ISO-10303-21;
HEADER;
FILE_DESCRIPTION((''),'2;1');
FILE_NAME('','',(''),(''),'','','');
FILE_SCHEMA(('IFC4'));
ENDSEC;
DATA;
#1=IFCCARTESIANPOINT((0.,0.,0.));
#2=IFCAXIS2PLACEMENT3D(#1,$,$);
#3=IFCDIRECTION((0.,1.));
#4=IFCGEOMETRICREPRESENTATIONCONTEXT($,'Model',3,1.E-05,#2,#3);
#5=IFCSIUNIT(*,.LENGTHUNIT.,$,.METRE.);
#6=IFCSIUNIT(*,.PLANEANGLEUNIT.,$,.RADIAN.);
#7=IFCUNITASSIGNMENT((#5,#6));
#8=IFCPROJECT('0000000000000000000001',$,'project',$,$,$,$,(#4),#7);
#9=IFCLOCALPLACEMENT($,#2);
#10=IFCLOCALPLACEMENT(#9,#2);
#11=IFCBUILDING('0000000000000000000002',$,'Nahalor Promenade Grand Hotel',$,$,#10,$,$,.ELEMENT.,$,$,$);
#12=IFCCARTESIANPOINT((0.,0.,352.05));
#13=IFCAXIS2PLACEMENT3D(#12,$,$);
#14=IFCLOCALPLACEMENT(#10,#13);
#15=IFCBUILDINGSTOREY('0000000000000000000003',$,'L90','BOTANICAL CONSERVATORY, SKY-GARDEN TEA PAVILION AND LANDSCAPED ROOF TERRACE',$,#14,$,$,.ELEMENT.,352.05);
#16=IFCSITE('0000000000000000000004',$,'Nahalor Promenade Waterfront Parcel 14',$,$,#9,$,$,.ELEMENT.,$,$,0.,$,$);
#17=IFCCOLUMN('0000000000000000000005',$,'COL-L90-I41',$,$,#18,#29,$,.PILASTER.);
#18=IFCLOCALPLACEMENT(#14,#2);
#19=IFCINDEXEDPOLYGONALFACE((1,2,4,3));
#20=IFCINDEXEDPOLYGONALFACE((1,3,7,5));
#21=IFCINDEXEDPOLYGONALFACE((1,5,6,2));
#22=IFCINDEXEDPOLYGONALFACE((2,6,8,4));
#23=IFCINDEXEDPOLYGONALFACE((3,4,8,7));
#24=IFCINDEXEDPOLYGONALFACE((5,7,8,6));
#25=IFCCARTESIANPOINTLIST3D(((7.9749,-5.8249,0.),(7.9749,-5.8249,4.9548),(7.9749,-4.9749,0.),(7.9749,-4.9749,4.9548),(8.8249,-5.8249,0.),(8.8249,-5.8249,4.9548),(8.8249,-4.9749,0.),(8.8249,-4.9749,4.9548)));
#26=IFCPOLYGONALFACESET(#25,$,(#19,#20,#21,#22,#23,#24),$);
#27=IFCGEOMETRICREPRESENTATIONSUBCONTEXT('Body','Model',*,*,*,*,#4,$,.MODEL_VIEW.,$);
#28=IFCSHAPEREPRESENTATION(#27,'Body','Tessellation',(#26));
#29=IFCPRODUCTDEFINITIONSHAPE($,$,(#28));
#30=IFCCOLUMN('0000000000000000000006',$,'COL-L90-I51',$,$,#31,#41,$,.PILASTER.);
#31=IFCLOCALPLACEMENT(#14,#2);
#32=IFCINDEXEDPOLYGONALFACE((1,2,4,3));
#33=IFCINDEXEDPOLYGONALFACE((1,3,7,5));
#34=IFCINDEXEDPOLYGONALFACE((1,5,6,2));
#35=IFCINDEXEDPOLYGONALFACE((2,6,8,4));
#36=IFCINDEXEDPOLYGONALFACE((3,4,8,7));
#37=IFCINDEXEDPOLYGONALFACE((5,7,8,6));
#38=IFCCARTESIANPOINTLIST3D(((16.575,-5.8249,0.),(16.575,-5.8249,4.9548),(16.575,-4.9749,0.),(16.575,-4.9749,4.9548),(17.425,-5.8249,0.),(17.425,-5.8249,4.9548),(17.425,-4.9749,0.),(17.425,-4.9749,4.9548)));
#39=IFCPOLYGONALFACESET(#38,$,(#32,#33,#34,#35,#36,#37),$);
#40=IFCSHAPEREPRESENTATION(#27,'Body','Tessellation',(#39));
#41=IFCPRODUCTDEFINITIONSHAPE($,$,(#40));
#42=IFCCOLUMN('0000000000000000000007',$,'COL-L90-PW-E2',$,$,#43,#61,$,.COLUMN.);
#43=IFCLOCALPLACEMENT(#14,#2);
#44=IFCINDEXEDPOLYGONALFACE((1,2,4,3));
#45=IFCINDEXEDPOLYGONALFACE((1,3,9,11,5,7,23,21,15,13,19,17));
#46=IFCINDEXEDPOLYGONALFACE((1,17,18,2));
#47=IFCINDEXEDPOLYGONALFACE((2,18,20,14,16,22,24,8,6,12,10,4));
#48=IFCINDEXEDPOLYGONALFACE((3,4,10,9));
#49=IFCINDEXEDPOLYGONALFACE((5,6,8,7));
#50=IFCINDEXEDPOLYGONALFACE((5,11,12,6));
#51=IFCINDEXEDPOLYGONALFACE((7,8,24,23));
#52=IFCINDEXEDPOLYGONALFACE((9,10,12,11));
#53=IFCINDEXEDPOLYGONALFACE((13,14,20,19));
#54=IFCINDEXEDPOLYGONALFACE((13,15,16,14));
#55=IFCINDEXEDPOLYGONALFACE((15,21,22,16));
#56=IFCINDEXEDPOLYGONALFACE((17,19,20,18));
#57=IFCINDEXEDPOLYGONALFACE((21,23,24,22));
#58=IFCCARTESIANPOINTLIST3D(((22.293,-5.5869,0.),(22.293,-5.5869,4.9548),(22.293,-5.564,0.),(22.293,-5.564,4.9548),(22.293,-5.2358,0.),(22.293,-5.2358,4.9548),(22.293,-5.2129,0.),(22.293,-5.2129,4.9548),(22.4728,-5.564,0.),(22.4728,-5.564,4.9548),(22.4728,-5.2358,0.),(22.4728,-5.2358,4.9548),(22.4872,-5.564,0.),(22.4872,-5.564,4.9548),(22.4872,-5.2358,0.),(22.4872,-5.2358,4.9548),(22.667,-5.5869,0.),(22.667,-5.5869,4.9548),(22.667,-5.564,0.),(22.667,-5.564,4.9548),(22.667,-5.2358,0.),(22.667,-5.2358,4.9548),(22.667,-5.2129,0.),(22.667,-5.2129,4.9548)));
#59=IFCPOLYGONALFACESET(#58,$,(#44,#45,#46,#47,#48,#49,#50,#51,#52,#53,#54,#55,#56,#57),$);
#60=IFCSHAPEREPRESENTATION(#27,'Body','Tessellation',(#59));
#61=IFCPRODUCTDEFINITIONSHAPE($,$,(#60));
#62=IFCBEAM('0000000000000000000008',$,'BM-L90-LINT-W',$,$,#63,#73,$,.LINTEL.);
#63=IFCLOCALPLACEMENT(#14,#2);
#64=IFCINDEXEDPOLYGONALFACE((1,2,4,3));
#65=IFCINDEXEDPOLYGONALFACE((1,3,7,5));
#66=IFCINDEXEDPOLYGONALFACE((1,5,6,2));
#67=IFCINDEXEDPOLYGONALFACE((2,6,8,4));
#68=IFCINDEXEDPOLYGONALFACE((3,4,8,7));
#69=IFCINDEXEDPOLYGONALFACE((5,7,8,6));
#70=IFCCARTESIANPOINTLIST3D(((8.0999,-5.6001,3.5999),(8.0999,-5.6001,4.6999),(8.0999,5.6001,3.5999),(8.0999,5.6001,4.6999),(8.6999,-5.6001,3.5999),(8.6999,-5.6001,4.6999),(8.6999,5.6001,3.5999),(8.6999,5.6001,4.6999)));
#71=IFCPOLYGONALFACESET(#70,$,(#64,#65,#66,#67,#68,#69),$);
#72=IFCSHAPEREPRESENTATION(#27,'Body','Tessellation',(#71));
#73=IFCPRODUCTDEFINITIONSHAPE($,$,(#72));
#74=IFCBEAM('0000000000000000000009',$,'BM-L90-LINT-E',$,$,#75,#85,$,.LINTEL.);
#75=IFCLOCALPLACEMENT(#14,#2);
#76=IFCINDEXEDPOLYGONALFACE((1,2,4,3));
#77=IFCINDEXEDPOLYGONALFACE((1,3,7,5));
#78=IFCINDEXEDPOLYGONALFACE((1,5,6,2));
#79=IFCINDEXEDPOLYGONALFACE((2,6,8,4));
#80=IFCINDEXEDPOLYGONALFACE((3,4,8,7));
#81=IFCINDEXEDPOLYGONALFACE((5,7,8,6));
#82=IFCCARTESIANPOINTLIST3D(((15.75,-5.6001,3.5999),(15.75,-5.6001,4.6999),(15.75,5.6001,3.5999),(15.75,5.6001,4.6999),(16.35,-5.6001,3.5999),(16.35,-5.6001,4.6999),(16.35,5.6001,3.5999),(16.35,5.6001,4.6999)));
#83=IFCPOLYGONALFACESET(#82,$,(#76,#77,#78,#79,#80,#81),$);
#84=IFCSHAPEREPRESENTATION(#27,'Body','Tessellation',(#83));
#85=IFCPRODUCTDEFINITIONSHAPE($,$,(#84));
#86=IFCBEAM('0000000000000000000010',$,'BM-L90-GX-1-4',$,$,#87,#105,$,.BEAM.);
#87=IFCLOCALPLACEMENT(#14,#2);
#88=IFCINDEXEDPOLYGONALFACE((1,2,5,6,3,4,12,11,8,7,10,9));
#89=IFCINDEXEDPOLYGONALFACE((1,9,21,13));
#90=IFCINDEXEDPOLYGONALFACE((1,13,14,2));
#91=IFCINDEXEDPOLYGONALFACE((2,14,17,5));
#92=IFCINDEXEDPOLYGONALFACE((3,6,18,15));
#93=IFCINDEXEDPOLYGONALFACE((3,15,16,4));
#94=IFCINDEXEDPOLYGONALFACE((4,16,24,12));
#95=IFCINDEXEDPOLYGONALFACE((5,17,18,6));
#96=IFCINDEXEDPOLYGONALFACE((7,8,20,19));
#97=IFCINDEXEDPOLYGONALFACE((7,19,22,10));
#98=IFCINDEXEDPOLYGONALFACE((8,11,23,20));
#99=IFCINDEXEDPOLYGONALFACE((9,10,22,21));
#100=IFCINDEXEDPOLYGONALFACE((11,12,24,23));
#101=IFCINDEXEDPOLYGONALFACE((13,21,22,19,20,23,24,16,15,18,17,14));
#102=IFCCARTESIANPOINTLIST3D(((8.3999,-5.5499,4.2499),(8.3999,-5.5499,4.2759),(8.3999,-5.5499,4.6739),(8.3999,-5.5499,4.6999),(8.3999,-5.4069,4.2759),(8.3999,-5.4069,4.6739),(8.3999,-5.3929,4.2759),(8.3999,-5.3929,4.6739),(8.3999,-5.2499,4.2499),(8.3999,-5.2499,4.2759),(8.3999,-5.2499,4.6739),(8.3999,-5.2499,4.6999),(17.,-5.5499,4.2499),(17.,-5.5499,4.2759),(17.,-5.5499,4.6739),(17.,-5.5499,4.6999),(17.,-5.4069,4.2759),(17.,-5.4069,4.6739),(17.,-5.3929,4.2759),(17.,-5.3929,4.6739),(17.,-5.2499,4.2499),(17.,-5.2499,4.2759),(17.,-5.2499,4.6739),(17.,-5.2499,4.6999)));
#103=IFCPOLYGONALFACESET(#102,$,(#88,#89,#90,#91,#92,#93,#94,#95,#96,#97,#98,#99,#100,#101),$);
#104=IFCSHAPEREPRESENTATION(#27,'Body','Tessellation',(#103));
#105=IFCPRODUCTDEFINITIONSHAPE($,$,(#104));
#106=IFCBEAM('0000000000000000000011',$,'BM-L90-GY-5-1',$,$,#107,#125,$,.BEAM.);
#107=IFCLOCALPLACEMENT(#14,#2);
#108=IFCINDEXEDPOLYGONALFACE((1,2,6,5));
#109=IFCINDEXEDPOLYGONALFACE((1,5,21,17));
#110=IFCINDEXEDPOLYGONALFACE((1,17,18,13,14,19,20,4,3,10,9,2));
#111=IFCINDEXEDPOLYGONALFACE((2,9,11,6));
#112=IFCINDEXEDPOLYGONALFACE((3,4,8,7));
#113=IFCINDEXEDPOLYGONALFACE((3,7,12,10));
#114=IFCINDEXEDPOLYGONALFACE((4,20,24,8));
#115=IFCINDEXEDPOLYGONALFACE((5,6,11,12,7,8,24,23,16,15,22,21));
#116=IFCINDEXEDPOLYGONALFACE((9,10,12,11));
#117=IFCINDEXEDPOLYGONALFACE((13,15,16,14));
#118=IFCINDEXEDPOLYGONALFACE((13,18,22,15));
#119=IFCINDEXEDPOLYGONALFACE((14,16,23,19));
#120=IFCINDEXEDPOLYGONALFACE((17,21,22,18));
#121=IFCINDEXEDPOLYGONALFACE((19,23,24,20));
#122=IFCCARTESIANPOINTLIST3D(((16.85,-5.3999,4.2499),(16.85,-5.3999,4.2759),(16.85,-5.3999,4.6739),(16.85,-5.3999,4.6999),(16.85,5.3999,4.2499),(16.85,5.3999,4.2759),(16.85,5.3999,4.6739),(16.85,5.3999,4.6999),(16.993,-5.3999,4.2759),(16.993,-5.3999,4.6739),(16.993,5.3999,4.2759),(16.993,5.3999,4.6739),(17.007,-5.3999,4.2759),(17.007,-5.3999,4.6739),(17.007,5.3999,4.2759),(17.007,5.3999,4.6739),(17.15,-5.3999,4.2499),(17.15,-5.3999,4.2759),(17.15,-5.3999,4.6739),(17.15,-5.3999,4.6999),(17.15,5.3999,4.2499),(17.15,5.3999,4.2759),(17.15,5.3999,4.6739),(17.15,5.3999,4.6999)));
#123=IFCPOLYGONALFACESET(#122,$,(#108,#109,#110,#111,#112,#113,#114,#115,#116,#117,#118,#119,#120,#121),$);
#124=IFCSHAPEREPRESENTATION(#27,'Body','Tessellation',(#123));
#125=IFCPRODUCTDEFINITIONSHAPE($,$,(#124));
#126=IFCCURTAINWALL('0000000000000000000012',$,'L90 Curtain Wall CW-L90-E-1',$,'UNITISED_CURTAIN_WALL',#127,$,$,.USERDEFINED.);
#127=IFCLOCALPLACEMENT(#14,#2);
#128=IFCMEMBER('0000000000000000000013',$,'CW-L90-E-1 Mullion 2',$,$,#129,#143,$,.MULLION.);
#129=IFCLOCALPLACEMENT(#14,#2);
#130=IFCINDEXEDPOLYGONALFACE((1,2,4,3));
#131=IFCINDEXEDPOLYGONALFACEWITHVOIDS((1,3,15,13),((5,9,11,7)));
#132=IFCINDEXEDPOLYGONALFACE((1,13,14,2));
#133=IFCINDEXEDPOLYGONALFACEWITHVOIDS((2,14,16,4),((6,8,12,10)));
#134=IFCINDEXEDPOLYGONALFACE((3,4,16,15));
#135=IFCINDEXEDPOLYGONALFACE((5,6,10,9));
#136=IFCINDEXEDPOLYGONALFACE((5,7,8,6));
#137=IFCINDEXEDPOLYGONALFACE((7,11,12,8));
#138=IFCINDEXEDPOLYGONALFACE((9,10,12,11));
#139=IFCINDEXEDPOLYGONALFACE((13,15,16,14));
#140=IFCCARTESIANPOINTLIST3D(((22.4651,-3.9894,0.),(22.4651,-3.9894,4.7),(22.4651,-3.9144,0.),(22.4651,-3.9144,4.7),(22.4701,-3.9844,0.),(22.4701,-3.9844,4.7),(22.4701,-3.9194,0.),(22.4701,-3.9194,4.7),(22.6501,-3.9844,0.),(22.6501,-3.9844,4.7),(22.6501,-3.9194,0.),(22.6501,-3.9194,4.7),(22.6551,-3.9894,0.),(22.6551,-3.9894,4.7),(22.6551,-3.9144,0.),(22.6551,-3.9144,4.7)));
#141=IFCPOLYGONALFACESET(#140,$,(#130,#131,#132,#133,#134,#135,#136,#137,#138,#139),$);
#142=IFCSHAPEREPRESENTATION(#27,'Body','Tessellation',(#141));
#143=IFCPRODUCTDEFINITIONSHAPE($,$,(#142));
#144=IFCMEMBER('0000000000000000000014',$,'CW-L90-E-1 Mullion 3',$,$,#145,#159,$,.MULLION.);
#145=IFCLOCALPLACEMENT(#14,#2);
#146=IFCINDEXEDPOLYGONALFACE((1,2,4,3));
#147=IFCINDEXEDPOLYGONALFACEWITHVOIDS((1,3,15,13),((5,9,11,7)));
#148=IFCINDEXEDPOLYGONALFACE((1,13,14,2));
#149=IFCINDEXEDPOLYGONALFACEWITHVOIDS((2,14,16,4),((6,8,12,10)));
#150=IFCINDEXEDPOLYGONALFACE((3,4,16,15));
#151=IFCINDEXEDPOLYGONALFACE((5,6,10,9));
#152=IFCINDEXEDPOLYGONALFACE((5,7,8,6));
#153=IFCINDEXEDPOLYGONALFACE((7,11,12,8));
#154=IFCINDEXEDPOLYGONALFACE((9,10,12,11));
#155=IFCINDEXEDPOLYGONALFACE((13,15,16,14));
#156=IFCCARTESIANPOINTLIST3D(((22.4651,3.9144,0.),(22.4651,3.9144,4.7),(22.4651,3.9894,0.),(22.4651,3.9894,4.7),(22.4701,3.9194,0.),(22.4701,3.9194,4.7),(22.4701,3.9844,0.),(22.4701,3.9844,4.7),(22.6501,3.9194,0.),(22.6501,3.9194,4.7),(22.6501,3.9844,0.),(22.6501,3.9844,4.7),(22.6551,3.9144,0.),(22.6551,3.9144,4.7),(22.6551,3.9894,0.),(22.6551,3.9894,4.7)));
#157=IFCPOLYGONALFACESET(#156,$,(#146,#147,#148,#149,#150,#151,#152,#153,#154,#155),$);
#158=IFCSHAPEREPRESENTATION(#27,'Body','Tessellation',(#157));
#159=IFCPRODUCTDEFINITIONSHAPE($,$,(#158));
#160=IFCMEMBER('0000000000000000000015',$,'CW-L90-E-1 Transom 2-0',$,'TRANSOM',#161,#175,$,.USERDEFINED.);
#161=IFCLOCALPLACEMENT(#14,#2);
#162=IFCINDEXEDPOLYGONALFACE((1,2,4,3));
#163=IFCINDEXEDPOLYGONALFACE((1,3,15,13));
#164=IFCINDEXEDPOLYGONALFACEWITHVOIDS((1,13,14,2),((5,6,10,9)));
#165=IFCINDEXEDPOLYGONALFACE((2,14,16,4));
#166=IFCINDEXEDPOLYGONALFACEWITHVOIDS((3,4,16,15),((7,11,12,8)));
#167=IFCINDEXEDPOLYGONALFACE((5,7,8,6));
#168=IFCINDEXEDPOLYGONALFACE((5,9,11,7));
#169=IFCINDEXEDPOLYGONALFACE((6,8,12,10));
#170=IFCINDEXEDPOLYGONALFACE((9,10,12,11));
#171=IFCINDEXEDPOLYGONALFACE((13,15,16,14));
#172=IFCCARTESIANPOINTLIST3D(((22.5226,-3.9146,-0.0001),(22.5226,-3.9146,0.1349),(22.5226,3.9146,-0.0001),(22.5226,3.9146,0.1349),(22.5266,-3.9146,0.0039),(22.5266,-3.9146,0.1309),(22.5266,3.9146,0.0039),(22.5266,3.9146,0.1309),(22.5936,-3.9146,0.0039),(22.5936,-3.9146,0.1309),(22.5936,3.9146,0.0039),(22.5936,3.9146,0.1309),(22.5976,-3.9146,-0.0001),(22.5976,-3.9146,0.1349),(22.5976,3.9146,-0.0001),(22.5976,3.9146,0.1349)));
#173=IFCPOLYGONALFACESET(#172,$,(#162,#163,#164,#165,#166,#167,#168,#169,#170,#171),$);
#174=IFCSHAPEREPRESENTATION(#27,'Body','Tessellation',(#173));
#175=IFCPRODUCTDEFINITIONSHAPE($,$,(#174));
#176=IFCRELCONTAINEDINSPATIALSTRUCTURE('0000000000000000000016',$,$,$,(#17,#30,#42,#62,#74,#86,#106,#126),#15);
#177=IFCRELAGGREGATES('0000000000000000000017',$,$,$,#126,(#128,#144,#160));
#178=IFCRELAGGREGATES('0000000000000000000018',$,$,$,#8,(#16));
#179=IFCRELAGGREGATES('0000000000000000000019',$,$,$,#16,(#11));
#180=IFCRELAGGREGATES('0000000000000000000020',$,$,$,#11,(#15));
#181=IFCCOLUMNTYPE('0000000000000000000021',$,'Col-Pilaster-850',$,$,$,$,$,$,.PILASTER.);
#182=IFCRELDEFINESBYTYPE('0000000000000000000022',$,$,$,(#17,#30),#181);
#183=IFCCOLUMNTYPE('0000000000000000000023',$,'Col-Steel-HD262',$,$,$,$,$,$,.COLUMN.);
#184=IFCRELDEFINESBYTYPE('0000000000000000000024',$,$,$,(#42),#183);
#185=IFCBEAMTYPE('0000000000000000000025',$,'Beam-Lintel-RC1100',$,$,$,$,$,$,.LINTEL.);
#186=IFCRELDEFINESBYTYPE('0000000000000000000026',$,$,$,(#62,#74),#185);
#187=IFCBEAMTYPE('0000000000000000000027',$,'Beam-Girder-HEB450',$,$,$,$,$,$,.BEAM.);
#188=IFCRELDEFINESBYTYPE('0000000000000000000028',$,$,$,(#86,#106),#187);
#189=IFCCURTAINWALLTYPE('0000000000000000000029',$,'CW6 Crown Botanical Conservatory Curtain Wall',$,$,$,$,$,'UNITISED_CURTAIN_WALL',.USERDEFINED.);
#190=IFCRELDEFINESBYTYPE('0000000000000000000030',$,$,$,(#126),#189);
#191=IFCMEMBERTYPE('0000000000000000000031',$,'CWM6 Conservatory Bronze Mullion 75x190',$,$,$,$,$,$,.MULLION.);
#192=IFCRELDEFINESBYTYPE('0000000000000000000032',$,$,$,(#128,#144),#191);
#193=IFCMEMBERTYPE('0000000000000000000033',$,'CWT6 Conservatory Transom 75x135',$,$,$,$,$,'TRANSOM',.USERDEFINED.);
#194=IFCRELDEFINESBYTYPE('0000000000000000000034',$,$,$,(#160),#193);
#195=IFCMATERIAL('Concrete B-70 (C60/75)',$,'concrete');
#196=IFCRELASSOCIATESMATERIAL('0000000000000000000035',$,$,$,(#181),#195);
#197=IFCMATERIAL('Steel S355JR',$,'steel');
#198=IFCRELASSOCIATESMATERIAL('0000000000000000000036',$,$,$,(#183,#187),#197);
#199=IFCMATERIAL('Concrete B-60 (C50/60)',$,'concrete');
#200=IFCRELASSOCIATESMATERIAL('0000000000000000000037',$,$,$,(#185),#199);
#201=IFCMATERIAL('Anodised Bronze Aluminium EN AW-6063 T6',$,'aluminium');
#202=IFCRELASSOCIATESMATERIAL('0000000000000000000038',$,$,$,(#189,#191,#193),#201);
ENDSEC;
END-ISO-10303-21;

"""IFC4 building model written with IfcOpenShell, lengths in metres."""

from ifc_helpers import new_model, si_unit, direction, frame, origin, origin_2d, place, context, subcontext, project, spatial, rectangle, hollow_rectangle, i_section, extrude, source, transform, mapped, material, material_profile, profile_set, type_object, element, aggregate, save


model = new_model("IFC4")

# Units and contexts
model_context = context("Model", 3, precision=1e-05, world=origin(), true_north=direction((0.0, 1.0)))
body_context = subcontext(model_context, "Body", "Model", "MODEL_VIEW")
ifc_project = project(units=[si_unit("LENGTHUNIT", "METRE"), si_unit("PLANEANGLEUNIT", "RADIAN")], contexts=[model_context])

# Site, building, storey
site_placement = place(None, origin())
site = spatial("IfcSite", under=ifc_project, at=site_placement, Name="Nahalor Promenade Waterfront Parcel 14", CompositionType="ELEMENT", RefElevation=0.0)
building_placement = place(site_placement, origin())
building = spatial("IfcBuilding", under=site, at=building_placement, Name="Nahalor Promenade Grand Hotel", CompositionType="ELEMENT")
storey_placement = place(building_placement, frame((0.0, 0.0, 352.05)))
storey = spatial("IfcBuildingStorey", under=building, at=storey_placement, Name="L90", Description="BOTANICAL CONSERVATORY, SKY-GARDEN TEA PAVILION AND LANDSCAPED ROOF TERRACE", CompositionType="ELEMENT", Elevation=352.05)

# Columns
ifc_material_1 = material(Name="Concrete B-70 (C60/75)", Category="concrete")
ifc_material_profile_1 = material_profile(ifc_material_1, rectangle(XDim=0.85, YDim=0.85, at=origin_2d()), Name="RC 850x850")
ifc_profile_set_1 = profile_set([ifc_material_profile_1], Name="Concrete B-70 (C60/75)")
column_type_1 = type_object("IfcColumnType", Name="Col-Pilaster-850", PredefinedType="PILASTER", material=ifc_profile_set_1)
shared_shape_1 = source(origin(), body_context, "Body", "SweptSolid", [
    extrude(rectangle(XDim=0.85, YDim=0.85, at=origin_2d()), origin(), (0.0, 0.0, 1.0), 4.9548),
])
for number, where, z_axis, x_axis, name in (
    (1, (8.3999, -5.3999, 0.0), (0.0, 0.0, 1.0), (1.0, 0.0, 0.0), "COL-L90-I41"),
    (2, (17.0, -5.3999, 0.0), (0.0, 0.0, 1.0), (1.0, 0.0, 0.0), "COL-L90-I51"),
):
    element("IfcColumn", number, at=place(storey_placement, frame(where, z_axis=z_axis, x_axis=x_axis)), inside=storey, type_object=column_type_1, Name=name, PredefinedType="PILASTER", context=body_context, shape_type="MappedRepresentation", body=[
        mapped(shared_shape_1, transform((0.0, 0.0, 0.0), scale=1.0)),
    ])
ifc_material_2 = material(Name="Steel S355JR", Category="steel")
ifc_material_profile_2 = material_profile(ifc_material_2, i_section(OverallWidth=0.374, OverallDepth=0.374, WebThickness=0.0144, FlangeThickness=0.0229, at=origin_2d()), Name="HD 360x262")
ifc_profile_set_2 = profile_set([ifc_material_profile_2], Name="Steel S355JR")
column_type_2 = type_object("IfcColumnType", Name="Col-Steel-HD262", PredefinedType="COLUMN", material=ifc_profile_set_2)
shared_shape_2 = source(origin(), body_context, "Body", "SweptSolid", [
    extrude(i_section(OverallWidth=0.374, OverallDepth=0.374, WebThickness=0.0144, FlangeThickness=0.0229, at=origin_2d()), origin(), (0.0, 0.0, 1.0), 4.9548),
])
column_placement = place(storey_placement, frame((22.48, -5.3999, 0.0), z_axis=(0.0, 0.0, 1.0), x_axis=(1.0, 0.0, 0.0)))
element("IfcColumn", 3, at=column_placement, inside=storey, type_object=column_type_2, Name="COL-L90-PW-E2", PredefinedType="COLUMN", context=body_context, shape_type="MappedRepresentation", body=[
    mapped(shared_shape_2, transform((0.0, 0.0, 0.0), scale=1.0)),
])

# Beams
ifc_material_3 = material(Name="Concrete B-60 (C50/60)", Category="concrete")
ifc_material_profile_3 = material_profile(ifc_material_3, rectangle(XDim=0.6, YDim=1.1, at=origin_2d()), Name="RC 600x1100")
ifc_profile_set_3 = profile_set([ifc_material_profile_3], Name="Concrete B-60 (C50/60)")
beam_type_1 = type_object("IfcBeamType", Name="Beam-Lintel-RC1100", PredefinedType="LINTEL", material=ifc_profile_set_3)
shared_shape_3 = source(origin(), body_context, "Body", "SweptSolid", [
    extrude(rectangle(XDim=0.6, YDim=1.1, at=origin_2d()), origin(), (0.0, 0.0, 1.0), 11.2002),
])
for number, where, z_axis, x_axis, name in (
    (4, (8.3999, -5.6001, 4.1499), (0.0, 1.0, 0.0), (-1.0, 0.0, 0.0), "BM-L90-LINT-W"),
    (5, (16.05, -5.6001, 4.1499), (0.0, 1.0, 0.0), (-1.0, 0.0, 0.0), "BM-L90-LINT-E"),
):
    element("IfcBeam", number, at=place(storey_placement, frame(where, z_axis=z_axis, x_axis=x_axis)), inside=storey, type_object=beam_type_1, Name=name, PredefinedType="LINTEL", context=body_context, shape_type="MappedRepresentation", body=[
        mapped(shared_shape_3, transform((0.0, 0.0, 0.0), scale=1.0)),
    ])
ifc_material_profile_4 = material_profile(ifc_material_2, i_section(OverallWidth=0.3, OverallDepth=0.45, WebThickness=0.014, FlangeThickness=0.026, at=origin_2d()), Name="HEB 450")
ifc_profile_set_4 = profile_set([ifc_material_profile_4], Name="Steel S355JR")
beam_type_2 = type_object("IfcBeamType", Name="Beam-Girder-HEB450", PredefinedType="BEAM", material=ifc_profile_set_4)
shared_shape_4 = source(origin(), body_context, "Body", "SweptSolid", [
    extrude(i_section(OverallWidth=0.3, OverallDepth=0.45, WebThickness=0.014, FlangeThickness=0.026, at=origin_2d()), origin(), (0.0, 0.0, 1.0), 8.6001),
])
beam_1_placement = place(storey_placement, frame((8.3999, -5.3999, 4.4749), z_axis=(1.0, 0.0, 0.0), x_axis=(0.0, 1.0, 0.0)))
element("IfcBeam", 6, at=beam_1_placement, inside=storey, type_object=beam_type_2, Name="BM-L90-GX-1-4", PredefinedType="BEAM", context=body_context, shape_type="MappedRepresentation", body=[
    mapped(shared_shape_4, transform((0.0, 0.0, 0.0), scale=1.0)),
])
shared_shape_5 = source(origin(), body_context, "Body", "SweptSolid", [
    extrude(i_section(OverallWidth=0.3, OverallDepth=0.45, WebThickness=0.014, FlangeThickness=0.026, at=origin_2d()), origin(), (0.0, 0.0, 1.0), 10.7998),
])
beam_2_placement = place(storey_placement, frame((17.0, -5.3999, 4.4749), z_axis=(0.0, 1.0, 0.0), x_axis=(-1.0, 0.0, 0.0)))
element("IfcBeam", 7, at=beam_2_placement, inside=storey, type_object=beam_type_2, Name="BM-L90-GY-5-1", PredefinedType="BEAM", context=body_context, shape_type="MappedRepresentation", body=[
    mapped(shared_shape_5, transform((0.0, 0.0, 0.0), scale=1.0)),
])

# Curtain wall, members
ifc_material_4 = material(Name="Anodised Bronze Aluminium EN AW-6063 T6", Category="aluminium")
curtain_wall_type = type_object("IfcCurtainWallType", Name="CW6 Crown Botanical Conservatory Curtain Wall", ElementType="UNITISED_CURTAIN_WALL", PredefinedType="USERDEFINED", material=ifc_material_4)
curtain_wall_placement = place(storey_placement, origin())
curtain_wall = element("IfcCurtainWall", 8, at=curtain_wall_placement, inside=storey, type_object=curtain_wall_type, Name="L90 Curtain Wall CW-L90-E-1", ObjectType="UNITISED_CURTAIN_WALL", PredefinedType="USERDEFINED")
ifc_material_profile_5 = material_profile(ifc_material_4, hollow_rectangle(XDim=0.075, YDim=0.19, WallThickness=0.005, at=origin_2d()), Name="CWM 75x190x5")
ifc_profile_set_5 = profile_set([ifc_material_profile_5], Name="Anodised Bronze Aluminium EN AW-6063 T6")
member_type_1 = type_object("IfcMemberType", Name="CWM6 Conservatory Bronze Mullion 75x190", PredefinedType="MULLION", material=ifc_profile_set_5)
shared_shape_6 = source(origin(), body_context, "Body", "SweptSolid", [
    extrude(hollow_rectangle(XDim=0.075, YDim=0.19, WallThickness=0.005, at=origin_2d()), origin(), (0.0, 0.0, 1.0), 4.7),
])
member_1_placement = place(storey_placement, frame((22.5601, -3.9519, 0.0), z_axis=(0.0, 0.0, 1.0), x_axis=(0.0, 1.0, 0.0)))
member_1 = element("IfcMember", 9, at=member_1_placement, type_object=member_type_1, Name="CW-L90-E-1 Mullion 2", PredefinedType="MULLION", context=body_context, shape_type="MappedRepresentation", body=[
    mapped(shared_shape_6, transform((0.0, 0.0, 0.0), scale=1.0)),
])
member_2_placement = place(storey_placement, frame((22.5601, 3.9519, 0.0), z_axis=(0.0, 0.0, 1.0), x_axis=(0.0, 1.0, 0.0)))
member_2 = element("IfcMember", 10, at=member_2_placement, type_object=member_type_1, Name="CW-L90-E-1 Mullion 3", PredefinedType="MULLION", context=body_context, shape_type="MappedRepresentation", body=[
    mapped(shared_shape_6, transform((0.0, 0.0, 0.0), scale=1.0)),
])
ifc_material_profile_6 = material_profile(ifc_material_4, hollow_rectangle(XDim=0.075, YDim=0.135, WallThickness=0.004, at=origin_2d()), Name="CWT 75x135x4")
ifc_profile_set_6 = profile_set([ifc_material_profile_6], Name="Anodised Bronze Aluminium EN AW-6063 T6")
member_type_2 = type_object("IfcMemberType", Name="CWT6 Conservatory Transom 75x135", ElementType="TRANSOM", PredefinedType="USERDEFINED", material=ifc_profile_set_6)
shared_shape_7 = source(origin(), body_context, "Body", "SweptSolid", [
    extrude(hollow_rectangle(XDim=0.075, YDim=0.135, WallThickness=0.004, at=origin_2d()), origin(), (0.0, 0.0, 1.0), 7.8291),
])
member_3_placement = place(storey_placement, frame((22.5601, -3.9146, 0.0674), z_axis=(0.0, 1.0, 0.0), x_axis=(-1.0, 0.0, 0.0)))
member_3 = element("IfcMember", 11, at=member_3_placement, type_object=member_type_2, Name="CW-L90-E-1 Transom 2-0", ObjectType="TRANSOM", PredefinedType="USERDEFINED", context=body_context, shape_type="MappedRepresentation", body=[
    mapped(shared_shape_7, transform((0.0, 0.0, 0.0), scale=1.0)),
])
aggregate(curtain_wall, [member_1, member_2, member_3])

save(model, "model.ifc")
